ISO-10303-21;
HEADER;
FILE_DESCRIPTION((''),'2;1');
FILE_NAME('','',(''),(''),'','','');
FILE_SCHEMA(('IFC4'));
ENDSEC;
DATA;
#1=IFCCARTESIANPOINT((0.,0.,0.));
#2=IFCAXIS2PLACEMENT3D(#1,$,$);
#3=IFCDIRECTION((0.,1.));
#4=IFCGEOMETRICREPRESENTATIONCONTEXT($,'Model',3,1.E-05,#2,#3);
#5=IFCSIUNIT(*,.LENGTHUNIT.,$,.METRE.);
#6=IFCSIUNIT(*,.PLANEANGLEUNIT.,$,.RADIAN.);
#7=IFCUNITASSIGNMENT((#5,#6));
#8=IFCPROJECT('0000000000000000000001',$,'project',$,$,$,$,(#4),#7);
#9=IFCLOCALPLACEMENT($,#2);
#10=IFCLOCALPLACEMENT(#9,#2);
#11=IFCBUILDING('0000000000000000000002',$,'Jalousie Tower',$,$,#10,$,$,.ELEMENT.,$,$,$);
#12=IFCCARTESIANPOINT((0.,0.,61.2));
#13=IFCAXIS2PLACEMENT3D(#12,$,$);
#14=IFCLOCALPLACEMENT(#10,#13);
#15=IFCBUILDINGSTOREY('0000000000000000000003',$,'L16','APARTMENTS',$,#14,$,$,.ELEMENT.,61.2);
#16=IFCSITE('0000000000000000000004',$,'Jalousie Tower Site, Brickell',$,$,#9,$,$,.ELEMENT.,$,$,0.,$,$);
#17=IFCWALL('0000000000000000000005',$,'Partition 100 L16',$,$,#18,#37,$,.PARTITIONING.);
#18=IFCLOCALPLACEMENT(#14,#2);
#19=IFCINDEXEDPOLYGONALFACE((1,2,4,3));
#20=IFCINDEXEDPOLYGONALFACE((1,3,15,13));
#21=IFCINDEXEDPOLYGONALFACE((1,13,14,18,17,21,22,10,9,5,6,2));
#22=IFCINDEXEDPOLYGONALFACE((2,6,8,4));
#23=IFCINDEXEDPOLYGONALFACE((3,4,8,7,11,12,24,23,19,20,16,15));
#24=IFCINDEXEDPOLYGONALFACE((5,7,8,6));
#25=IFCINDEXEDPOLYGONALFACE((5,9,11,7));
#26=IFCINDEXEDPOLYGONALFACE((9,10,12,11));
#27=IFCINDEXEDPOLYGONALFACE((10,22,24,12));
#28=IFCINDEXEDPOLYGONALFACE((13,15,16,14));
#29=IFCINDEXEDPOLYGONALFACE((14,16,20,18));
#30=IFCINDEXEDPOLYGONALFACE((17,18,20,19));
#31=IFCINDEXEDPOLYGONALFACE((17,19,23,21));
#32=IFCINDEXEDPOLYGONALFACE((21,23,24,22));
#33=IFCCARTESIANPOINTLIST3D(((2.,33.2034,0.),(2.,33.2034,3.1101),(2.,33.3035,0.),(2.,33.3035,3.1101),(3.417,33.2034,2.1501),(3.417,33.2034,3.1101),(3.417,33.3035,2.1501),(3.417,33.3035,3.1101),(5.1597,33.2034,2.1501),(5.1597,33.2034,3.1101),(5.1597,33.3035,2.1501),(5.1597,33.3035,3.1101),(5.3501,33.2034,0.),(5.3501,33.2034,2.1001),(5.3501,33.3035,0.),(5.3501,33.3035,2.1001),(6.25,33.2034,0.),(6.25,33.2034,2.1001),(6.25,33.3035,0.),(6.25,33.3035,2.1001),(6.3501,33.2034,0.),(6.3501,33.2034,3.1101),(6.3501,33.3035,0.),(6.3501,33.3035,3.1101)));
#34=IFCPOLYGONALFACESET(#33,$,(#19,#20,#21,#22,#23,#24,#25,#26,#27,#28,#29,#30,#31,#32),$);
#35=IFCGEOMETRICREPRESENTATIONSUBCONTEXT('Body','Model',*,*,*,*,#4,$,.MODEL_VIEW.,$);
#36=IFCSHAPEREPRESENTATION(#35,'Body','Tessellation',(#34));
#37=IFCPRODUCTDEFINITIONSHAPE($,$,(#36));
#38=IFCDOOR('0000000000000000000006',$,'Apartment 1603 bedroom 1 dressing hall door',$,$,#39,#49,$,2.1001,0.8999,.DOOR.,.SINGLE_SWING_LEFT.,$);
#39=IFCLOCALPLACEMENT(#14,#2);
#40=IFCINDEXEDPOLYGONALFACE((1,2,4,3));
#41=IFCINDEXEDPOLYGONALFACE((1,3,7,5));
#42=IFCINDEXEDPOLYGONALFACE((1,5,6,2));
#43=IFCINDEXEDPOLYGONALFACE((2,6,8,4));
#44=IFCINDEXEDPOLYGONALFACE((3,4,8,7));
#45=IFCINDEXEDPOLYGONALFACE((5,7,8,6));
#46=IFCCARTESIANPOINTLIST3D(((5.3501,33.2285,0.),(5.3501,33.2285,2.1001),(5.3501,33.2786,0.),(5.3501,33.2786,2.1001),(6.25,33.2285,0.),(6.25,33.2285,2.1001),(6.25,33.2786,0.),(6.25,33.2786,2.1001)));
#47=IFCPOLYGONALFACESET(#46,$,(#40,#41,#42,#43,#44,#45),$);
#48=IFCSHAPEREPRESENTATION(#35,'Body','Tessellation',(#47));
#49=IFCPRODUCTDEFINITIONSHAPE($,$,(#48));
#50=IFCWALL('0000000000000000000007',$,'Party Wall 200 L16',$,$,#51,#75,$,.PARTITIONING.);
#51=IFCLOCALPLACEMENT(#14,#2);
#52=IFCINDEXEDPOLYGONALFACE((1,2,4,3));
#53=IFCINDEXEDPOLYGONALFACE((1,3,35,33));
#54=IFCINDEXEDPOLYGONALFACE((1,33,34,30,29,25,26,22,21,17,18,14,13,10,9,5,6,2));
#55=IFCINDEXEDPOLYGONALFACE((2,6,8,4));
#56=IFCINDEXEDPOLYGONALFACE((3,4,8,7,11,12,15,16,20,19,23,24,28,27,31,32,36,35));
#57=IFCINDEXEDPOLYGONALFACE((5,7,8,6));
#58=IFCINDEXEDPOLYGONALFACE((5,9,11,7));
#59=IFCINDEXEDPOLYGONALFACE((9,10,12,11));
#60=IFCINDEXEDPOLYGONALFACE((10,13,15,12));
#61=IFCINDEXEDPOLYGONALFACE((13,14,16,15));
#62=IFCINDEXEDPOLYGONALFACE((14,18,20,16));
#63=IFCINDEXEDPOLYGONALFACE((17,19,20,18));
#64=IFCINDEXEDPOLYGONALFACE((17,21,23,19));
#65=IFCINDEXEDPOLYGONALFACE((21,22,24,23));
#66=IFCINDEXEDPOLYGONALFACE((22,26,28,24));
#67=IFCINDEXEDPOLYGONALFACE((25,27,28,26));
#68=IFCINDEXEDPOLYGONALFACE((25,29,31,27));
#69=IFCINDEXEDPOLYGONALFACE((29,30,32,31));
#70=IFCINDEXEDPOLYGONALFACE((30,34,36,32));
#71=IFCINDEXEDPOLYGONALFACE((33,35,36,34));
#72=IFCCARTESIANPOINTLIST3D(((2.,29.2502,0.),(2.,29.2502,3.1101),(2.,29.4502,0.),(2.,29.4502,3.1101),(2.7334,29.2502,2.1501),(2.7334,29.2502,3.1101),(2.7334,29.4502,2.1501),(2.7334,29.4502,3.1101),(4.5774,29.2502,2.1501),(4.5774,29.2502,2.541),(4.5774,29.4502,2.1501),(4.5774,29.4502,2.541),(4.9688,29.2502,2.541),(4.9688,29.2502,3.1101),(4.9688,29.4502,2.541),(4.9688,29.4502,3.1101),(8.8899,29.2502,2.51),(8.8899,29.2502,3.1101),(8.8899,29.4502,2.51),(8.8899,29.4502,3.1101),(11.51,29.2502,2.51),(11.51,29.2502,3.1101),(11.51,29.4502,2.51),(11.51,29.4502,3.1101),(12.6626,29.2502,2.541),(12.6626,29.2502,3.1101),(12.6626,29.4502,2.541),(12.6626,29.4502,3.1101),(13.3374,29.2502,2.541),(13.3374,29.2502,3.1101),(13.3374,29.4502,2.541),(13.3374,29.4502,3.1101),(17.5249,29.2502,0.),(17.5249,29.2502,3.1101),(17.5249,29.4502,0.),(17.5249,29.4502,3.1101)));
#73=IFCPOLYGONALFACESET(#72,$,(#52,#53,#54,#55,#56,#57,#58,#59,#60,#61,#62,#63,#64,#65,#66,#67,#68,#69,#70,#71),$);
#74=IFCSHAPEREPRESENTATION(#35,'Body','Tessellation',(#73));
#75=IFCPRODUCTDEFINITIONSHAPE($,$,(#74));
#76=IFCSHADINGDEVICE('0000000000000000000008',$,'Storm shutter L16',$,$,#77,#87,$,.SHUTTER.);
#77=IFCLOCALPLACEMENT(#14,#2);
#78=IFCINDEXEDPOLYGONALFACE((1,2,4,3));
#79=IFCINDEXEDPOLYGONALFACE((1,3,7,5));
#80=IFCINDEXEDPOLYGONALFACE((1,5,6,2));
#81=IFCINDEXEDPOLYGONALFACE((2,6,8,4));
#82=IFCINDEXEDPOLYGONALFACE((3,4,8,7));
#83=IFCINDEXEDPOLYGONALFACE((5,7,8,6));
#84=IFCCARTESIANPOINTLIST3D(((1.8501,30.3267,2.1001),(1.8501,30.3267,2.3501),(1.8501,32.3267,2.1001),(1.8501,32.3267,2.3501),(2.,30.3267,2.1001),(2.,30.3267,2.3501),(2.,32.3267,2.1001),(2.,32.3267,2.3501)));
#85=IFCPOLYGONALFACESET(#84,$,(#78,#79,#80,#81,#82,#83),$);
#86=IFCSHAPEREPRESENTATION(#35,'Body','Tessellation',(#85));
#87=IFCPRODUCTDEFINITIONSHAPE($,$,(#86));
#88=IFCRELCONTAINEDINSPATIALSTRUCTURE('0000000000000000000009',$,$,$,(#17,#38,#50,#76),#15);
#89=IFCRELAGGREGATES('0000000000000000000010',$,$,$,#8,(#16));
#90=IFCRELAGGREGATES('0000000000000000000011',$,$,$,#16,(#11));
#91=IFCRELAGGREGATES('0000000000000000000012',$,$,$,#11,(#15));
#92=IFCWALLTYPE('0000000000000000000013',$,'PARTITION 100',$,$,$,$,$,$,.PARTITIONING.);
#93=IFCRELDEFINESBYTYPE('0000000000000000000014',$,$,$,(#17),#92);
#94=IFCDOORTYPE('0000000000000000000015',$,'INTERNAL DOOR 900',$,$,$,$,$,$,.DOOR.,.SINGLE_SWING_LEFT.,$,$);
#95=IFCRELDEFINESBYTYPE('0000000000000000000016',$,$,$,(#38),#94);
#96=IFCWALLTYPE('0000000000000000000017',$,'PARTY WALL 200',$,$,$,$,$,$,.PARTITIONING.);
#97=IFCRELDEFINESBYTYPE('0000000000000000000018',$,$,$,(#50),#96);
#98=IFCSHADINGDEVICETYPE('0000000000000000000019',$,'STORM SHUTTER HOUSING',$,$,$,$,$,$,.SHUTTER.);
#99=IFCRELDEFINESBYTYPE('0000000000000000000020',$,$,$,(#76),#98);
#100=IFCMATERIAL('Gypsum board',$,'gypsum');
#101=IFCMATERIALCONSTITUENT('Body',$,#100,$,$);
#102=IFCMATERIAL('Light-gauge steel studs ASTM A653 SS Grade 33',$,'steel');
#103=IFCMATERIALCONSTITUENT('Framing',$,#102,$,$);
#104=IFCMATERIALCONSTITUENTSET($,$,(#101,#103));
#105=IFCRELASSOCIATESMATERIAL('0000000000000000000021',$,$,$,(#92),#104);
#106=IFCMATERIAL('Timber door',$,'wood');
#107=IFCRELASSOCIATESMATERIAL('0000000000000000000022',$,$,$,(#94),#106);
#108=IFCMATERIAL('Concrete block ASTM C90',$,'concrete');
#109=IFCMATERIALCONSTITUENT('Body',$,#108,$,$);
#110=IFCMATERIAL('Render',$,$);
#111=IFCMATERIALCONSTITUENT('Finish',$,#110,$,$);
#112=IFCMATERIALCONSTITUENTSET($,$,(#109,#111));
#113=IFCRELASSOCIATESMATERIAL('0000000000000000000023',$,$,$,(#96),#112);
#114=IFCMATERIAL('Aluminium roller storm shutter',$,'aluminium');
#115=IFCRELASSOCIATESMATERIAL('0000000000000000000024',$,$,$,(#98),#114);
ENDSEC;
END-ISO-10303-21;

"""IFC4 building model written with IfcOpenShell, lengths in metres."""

from ifc_helpers import new_model, si_unit, direction, frame, frame_2d, origin, origin_2d, place, context, subcontext, project, spatial, polyline, rectangle, outline, extrude, material, constituent, constituent_set, type_object, element, fill, save


model = new_model("IFC4")

# Units and contexts
model_context = context("Model", 3, precision=1e-05, world=origin(), true_north=direction((0.0, 1.0)))
body_context = subcontext(model_context, "Body", "Model", "MODEL_VIEW")
ifc_project = project(units=[si_unit("LENGTHUNIT", "METRE"), si_unit("PLANEANGLEUNIT", "RADIAN")], contexts=[model_context])

# Site, building, storey
site_placement = place(None, origin())
site = spatial("IfcSite", under=ifc_project, at=site_placement, Name="Jalousie Tower Site, Brickell", CompositionType="ELEMENT", RefElevation=0.0)
building_placement = place(site_placement, origin())
building = spatial("IfcBuilding", under=site, at=building_placement, Name="Jalousie Tower", CompositionType="ELEMENT")
storey_placement = place(building_placement, frame((0.0, 0.0, 61.2)))
storey = spatial("IfcBuildingStorey", under=building, at=storey_placement, Name="L16", Description="APARTMENTS", CompositionType="ELEMENT", Elevation=61.2)

# Shared definitions
ifc_material_1 = material(Name="Gypsum board", Category="gypsum")
ifc_constituent_1 = constituent(ifc_material_1, Name="Body")
ifc_material_2 = material(Name="Light-gauge steel studs ASTM A653 SS Grade 33", Category="steel")
ifc_constituent_2 = constituent(ifc_material_2, Name="Framing")
ifc_constituent_set_1 = constituent_set(constituents=[ifc_constituent_1, ifc_constituent_2])
wall_type_1 = type_object("IfcWallType", Name="PARTITION 100", PredefinedType="PARTITIONING", material=ifc_constituent_set_1)

# Wall, opening, door
wall_1_placement = place(storey_placement, frame((2.0, 33.2534, 0.0), z_axis=(0.0, 0.0, 1.0), x_axis=(1.0, 0.0, 0.0)))
wall_1 = element("IfcWall", 1, at=wall_1_placement, inside=storey, type_object=wall_type_1, Name="Partition 100 L16", PredefinedType="PARTITIONING", context=body_context, shape_type="SweptSolid", body=[
    extrude(outline(polyline([(0.0, 0.0), (4.3501, 0.0), (4.3501, 3.1101), (3.1597, 3.1101), (3.1597, 2.1501), (1.417, 2.1501), (1.417, 3.1101), (0.0, 3.1101), (0.0, 0.0)])), frame((0.0, 0.05, 0.0), z_axis=(0.0, -1.0, 0.0), x_axis=(1.0, 0.0, 0.0)), (0.0, 0.0, 1.0), 0.1001),
])
opening_1_placement = place(wall_1_placement, frame((3.3501, 0.0, 0.0)))
opening_1 = element("IfcOpeningElement", 2, at=opening_1_placement, cuts=wall_1, PredefinedType="OPENING", context=body_context, shape_type="SweptSolid", body=[
    extrude(rectangle(XDim=0.8999, YDim=2.1001, at=frame_2d((0.45, 1.05))), frame((0.0, 0.0601, 0.0), z_axis=(0.0, -1.0, 0.0), x_axis=(1.0, 0.0, 0.0)), (0.0, 0.0, 1.0), 0.1201),
])
ifc_material_3 = material(Name="Timber door", Category="wood")
door_type_1 = type_object("IfcDoorType", Name="INTERNAL DOOR 900", OperationType="SINGLE_SWING_LEFT", PredefinedType="DOOR", material=ifc_material_3)
door_1_placement = place(opening_1_placement, frame((0.8999, 0.0, 0.0), z_axis=(0.0, 0.0, 1.0), x_axis=(-1.0, 0.0, 0.0)))
door_1 = element("IfcDoor", 3, at=door_1_placement, inside=storey, type_object=door_type_1, Name="Apartment 1603 bedroom 1 dressing hall door", OperationType="SINGLE_SWING_LEFT", OverallHeight=2.1001, OverallWidth=0.8999, PredefinedType="DOOR", context=body_context, shape_type="SweptSolid", body=[
    extrude(rectangle(XDim=0.8999, YDim=2.1001, at=frame_2d((0.45, 1.05))), frame((0.0, 0.0249, 0.0), z_axis=(0.0, -1.0, 0.0), x_axis=(1.0, 0.0, 0.0)), (0.0, 0.0, 1.0), 0.05),
])
fill(opening_1, door_1)

# Wall
ifc_material_4 = material(Name="Concrete block ASTM C90", Category="concrete")
ifc_constituent_3 = constituent(ifc_material_4, Name="Body")
ifc_material_5 = material(Name="Render")
ifc_constituent_4 = constituent(ifc_material_5, Name="Finish")
ifc_constituent_set_2 = constituent_set(constituents=[ifc_constituent_3, ifc_constituent_4])
wall_type_2 = type_object("IfcWallType", Name="PARTY WALL 200", PredefinedType="PARTITIONING", material=ifc_constituent_set_2)
wall_2_placement = place(storey_placement, frame((2.0, 29.3501, 0.0), z_axis=(0.0, 0.0, 1.0), x_axis=(1.0, 0.0, 0.0)))
element("IfcWall", 4, at=wall_2_placement, inside=storey, type_object=wall_type_2, Name="Party Wall 200 L16", PredefinedType="PARTITIONING", context=body_context, shape_type="SweptSolid", body=[
    extrude(outline(polyline([(0.0, 0.0), (15.5249, 0.0), (15.5249, 3.1101), (11.3374, 3.1101), (11.3374, 2.541), (10.6626, 2.541), (10.6626, 3.1101), (9.51, 3.1101), (9.51, 2.51), (6.8899, 2.51), (6.8899, 3.1101), (2.9688, 3.1101), (2.9688, 2.541), (2.5774, 2.541), (2.5774, 2.1501), (0.7334, 2.1501), (0.7334, 3.1101), (0.0, 3.1101), (0.0, 0.0)])), frame((0.0, 0.1001, 0.0), z_axis=(0.0, -1.0, 0.0), x_axis=(1.0, 0.0, 0.0)), (0.0, 0.0, 1.0), 0.2),
])

# Shading device
ifc_material_6 = material(Name="Aluminium roller storm shutter", Category="aluminium")
shading_device_type = type_object("IfcShadingDeviceType", Name="STORM SHUTTER HOUSING", PredefinedType="SHUTTER", material=ifc_material_6)
shading_device_placement = place(storey_placement, frame((1.925, 31.3267, 2.1001), z_axis=(0.0, 0.0, 1.0), x_axis=(0.0, -1.0, 0.0)))
element("IfcShadingDevice", 5, at=shading_device_placement, inside=storey, type_object=shading_device_type, Name="Storm shutter L16", PredefinedType="SHUTTER", context=body_context, shape_type="SweptSolid", body=[
    extrude(rectangle(XDim=2.0, YDim=0.1499, at=origin_2d()), origin(), (0.0, 0.0, 1.0), 0.25),
])

save(model, "model.ifc")
